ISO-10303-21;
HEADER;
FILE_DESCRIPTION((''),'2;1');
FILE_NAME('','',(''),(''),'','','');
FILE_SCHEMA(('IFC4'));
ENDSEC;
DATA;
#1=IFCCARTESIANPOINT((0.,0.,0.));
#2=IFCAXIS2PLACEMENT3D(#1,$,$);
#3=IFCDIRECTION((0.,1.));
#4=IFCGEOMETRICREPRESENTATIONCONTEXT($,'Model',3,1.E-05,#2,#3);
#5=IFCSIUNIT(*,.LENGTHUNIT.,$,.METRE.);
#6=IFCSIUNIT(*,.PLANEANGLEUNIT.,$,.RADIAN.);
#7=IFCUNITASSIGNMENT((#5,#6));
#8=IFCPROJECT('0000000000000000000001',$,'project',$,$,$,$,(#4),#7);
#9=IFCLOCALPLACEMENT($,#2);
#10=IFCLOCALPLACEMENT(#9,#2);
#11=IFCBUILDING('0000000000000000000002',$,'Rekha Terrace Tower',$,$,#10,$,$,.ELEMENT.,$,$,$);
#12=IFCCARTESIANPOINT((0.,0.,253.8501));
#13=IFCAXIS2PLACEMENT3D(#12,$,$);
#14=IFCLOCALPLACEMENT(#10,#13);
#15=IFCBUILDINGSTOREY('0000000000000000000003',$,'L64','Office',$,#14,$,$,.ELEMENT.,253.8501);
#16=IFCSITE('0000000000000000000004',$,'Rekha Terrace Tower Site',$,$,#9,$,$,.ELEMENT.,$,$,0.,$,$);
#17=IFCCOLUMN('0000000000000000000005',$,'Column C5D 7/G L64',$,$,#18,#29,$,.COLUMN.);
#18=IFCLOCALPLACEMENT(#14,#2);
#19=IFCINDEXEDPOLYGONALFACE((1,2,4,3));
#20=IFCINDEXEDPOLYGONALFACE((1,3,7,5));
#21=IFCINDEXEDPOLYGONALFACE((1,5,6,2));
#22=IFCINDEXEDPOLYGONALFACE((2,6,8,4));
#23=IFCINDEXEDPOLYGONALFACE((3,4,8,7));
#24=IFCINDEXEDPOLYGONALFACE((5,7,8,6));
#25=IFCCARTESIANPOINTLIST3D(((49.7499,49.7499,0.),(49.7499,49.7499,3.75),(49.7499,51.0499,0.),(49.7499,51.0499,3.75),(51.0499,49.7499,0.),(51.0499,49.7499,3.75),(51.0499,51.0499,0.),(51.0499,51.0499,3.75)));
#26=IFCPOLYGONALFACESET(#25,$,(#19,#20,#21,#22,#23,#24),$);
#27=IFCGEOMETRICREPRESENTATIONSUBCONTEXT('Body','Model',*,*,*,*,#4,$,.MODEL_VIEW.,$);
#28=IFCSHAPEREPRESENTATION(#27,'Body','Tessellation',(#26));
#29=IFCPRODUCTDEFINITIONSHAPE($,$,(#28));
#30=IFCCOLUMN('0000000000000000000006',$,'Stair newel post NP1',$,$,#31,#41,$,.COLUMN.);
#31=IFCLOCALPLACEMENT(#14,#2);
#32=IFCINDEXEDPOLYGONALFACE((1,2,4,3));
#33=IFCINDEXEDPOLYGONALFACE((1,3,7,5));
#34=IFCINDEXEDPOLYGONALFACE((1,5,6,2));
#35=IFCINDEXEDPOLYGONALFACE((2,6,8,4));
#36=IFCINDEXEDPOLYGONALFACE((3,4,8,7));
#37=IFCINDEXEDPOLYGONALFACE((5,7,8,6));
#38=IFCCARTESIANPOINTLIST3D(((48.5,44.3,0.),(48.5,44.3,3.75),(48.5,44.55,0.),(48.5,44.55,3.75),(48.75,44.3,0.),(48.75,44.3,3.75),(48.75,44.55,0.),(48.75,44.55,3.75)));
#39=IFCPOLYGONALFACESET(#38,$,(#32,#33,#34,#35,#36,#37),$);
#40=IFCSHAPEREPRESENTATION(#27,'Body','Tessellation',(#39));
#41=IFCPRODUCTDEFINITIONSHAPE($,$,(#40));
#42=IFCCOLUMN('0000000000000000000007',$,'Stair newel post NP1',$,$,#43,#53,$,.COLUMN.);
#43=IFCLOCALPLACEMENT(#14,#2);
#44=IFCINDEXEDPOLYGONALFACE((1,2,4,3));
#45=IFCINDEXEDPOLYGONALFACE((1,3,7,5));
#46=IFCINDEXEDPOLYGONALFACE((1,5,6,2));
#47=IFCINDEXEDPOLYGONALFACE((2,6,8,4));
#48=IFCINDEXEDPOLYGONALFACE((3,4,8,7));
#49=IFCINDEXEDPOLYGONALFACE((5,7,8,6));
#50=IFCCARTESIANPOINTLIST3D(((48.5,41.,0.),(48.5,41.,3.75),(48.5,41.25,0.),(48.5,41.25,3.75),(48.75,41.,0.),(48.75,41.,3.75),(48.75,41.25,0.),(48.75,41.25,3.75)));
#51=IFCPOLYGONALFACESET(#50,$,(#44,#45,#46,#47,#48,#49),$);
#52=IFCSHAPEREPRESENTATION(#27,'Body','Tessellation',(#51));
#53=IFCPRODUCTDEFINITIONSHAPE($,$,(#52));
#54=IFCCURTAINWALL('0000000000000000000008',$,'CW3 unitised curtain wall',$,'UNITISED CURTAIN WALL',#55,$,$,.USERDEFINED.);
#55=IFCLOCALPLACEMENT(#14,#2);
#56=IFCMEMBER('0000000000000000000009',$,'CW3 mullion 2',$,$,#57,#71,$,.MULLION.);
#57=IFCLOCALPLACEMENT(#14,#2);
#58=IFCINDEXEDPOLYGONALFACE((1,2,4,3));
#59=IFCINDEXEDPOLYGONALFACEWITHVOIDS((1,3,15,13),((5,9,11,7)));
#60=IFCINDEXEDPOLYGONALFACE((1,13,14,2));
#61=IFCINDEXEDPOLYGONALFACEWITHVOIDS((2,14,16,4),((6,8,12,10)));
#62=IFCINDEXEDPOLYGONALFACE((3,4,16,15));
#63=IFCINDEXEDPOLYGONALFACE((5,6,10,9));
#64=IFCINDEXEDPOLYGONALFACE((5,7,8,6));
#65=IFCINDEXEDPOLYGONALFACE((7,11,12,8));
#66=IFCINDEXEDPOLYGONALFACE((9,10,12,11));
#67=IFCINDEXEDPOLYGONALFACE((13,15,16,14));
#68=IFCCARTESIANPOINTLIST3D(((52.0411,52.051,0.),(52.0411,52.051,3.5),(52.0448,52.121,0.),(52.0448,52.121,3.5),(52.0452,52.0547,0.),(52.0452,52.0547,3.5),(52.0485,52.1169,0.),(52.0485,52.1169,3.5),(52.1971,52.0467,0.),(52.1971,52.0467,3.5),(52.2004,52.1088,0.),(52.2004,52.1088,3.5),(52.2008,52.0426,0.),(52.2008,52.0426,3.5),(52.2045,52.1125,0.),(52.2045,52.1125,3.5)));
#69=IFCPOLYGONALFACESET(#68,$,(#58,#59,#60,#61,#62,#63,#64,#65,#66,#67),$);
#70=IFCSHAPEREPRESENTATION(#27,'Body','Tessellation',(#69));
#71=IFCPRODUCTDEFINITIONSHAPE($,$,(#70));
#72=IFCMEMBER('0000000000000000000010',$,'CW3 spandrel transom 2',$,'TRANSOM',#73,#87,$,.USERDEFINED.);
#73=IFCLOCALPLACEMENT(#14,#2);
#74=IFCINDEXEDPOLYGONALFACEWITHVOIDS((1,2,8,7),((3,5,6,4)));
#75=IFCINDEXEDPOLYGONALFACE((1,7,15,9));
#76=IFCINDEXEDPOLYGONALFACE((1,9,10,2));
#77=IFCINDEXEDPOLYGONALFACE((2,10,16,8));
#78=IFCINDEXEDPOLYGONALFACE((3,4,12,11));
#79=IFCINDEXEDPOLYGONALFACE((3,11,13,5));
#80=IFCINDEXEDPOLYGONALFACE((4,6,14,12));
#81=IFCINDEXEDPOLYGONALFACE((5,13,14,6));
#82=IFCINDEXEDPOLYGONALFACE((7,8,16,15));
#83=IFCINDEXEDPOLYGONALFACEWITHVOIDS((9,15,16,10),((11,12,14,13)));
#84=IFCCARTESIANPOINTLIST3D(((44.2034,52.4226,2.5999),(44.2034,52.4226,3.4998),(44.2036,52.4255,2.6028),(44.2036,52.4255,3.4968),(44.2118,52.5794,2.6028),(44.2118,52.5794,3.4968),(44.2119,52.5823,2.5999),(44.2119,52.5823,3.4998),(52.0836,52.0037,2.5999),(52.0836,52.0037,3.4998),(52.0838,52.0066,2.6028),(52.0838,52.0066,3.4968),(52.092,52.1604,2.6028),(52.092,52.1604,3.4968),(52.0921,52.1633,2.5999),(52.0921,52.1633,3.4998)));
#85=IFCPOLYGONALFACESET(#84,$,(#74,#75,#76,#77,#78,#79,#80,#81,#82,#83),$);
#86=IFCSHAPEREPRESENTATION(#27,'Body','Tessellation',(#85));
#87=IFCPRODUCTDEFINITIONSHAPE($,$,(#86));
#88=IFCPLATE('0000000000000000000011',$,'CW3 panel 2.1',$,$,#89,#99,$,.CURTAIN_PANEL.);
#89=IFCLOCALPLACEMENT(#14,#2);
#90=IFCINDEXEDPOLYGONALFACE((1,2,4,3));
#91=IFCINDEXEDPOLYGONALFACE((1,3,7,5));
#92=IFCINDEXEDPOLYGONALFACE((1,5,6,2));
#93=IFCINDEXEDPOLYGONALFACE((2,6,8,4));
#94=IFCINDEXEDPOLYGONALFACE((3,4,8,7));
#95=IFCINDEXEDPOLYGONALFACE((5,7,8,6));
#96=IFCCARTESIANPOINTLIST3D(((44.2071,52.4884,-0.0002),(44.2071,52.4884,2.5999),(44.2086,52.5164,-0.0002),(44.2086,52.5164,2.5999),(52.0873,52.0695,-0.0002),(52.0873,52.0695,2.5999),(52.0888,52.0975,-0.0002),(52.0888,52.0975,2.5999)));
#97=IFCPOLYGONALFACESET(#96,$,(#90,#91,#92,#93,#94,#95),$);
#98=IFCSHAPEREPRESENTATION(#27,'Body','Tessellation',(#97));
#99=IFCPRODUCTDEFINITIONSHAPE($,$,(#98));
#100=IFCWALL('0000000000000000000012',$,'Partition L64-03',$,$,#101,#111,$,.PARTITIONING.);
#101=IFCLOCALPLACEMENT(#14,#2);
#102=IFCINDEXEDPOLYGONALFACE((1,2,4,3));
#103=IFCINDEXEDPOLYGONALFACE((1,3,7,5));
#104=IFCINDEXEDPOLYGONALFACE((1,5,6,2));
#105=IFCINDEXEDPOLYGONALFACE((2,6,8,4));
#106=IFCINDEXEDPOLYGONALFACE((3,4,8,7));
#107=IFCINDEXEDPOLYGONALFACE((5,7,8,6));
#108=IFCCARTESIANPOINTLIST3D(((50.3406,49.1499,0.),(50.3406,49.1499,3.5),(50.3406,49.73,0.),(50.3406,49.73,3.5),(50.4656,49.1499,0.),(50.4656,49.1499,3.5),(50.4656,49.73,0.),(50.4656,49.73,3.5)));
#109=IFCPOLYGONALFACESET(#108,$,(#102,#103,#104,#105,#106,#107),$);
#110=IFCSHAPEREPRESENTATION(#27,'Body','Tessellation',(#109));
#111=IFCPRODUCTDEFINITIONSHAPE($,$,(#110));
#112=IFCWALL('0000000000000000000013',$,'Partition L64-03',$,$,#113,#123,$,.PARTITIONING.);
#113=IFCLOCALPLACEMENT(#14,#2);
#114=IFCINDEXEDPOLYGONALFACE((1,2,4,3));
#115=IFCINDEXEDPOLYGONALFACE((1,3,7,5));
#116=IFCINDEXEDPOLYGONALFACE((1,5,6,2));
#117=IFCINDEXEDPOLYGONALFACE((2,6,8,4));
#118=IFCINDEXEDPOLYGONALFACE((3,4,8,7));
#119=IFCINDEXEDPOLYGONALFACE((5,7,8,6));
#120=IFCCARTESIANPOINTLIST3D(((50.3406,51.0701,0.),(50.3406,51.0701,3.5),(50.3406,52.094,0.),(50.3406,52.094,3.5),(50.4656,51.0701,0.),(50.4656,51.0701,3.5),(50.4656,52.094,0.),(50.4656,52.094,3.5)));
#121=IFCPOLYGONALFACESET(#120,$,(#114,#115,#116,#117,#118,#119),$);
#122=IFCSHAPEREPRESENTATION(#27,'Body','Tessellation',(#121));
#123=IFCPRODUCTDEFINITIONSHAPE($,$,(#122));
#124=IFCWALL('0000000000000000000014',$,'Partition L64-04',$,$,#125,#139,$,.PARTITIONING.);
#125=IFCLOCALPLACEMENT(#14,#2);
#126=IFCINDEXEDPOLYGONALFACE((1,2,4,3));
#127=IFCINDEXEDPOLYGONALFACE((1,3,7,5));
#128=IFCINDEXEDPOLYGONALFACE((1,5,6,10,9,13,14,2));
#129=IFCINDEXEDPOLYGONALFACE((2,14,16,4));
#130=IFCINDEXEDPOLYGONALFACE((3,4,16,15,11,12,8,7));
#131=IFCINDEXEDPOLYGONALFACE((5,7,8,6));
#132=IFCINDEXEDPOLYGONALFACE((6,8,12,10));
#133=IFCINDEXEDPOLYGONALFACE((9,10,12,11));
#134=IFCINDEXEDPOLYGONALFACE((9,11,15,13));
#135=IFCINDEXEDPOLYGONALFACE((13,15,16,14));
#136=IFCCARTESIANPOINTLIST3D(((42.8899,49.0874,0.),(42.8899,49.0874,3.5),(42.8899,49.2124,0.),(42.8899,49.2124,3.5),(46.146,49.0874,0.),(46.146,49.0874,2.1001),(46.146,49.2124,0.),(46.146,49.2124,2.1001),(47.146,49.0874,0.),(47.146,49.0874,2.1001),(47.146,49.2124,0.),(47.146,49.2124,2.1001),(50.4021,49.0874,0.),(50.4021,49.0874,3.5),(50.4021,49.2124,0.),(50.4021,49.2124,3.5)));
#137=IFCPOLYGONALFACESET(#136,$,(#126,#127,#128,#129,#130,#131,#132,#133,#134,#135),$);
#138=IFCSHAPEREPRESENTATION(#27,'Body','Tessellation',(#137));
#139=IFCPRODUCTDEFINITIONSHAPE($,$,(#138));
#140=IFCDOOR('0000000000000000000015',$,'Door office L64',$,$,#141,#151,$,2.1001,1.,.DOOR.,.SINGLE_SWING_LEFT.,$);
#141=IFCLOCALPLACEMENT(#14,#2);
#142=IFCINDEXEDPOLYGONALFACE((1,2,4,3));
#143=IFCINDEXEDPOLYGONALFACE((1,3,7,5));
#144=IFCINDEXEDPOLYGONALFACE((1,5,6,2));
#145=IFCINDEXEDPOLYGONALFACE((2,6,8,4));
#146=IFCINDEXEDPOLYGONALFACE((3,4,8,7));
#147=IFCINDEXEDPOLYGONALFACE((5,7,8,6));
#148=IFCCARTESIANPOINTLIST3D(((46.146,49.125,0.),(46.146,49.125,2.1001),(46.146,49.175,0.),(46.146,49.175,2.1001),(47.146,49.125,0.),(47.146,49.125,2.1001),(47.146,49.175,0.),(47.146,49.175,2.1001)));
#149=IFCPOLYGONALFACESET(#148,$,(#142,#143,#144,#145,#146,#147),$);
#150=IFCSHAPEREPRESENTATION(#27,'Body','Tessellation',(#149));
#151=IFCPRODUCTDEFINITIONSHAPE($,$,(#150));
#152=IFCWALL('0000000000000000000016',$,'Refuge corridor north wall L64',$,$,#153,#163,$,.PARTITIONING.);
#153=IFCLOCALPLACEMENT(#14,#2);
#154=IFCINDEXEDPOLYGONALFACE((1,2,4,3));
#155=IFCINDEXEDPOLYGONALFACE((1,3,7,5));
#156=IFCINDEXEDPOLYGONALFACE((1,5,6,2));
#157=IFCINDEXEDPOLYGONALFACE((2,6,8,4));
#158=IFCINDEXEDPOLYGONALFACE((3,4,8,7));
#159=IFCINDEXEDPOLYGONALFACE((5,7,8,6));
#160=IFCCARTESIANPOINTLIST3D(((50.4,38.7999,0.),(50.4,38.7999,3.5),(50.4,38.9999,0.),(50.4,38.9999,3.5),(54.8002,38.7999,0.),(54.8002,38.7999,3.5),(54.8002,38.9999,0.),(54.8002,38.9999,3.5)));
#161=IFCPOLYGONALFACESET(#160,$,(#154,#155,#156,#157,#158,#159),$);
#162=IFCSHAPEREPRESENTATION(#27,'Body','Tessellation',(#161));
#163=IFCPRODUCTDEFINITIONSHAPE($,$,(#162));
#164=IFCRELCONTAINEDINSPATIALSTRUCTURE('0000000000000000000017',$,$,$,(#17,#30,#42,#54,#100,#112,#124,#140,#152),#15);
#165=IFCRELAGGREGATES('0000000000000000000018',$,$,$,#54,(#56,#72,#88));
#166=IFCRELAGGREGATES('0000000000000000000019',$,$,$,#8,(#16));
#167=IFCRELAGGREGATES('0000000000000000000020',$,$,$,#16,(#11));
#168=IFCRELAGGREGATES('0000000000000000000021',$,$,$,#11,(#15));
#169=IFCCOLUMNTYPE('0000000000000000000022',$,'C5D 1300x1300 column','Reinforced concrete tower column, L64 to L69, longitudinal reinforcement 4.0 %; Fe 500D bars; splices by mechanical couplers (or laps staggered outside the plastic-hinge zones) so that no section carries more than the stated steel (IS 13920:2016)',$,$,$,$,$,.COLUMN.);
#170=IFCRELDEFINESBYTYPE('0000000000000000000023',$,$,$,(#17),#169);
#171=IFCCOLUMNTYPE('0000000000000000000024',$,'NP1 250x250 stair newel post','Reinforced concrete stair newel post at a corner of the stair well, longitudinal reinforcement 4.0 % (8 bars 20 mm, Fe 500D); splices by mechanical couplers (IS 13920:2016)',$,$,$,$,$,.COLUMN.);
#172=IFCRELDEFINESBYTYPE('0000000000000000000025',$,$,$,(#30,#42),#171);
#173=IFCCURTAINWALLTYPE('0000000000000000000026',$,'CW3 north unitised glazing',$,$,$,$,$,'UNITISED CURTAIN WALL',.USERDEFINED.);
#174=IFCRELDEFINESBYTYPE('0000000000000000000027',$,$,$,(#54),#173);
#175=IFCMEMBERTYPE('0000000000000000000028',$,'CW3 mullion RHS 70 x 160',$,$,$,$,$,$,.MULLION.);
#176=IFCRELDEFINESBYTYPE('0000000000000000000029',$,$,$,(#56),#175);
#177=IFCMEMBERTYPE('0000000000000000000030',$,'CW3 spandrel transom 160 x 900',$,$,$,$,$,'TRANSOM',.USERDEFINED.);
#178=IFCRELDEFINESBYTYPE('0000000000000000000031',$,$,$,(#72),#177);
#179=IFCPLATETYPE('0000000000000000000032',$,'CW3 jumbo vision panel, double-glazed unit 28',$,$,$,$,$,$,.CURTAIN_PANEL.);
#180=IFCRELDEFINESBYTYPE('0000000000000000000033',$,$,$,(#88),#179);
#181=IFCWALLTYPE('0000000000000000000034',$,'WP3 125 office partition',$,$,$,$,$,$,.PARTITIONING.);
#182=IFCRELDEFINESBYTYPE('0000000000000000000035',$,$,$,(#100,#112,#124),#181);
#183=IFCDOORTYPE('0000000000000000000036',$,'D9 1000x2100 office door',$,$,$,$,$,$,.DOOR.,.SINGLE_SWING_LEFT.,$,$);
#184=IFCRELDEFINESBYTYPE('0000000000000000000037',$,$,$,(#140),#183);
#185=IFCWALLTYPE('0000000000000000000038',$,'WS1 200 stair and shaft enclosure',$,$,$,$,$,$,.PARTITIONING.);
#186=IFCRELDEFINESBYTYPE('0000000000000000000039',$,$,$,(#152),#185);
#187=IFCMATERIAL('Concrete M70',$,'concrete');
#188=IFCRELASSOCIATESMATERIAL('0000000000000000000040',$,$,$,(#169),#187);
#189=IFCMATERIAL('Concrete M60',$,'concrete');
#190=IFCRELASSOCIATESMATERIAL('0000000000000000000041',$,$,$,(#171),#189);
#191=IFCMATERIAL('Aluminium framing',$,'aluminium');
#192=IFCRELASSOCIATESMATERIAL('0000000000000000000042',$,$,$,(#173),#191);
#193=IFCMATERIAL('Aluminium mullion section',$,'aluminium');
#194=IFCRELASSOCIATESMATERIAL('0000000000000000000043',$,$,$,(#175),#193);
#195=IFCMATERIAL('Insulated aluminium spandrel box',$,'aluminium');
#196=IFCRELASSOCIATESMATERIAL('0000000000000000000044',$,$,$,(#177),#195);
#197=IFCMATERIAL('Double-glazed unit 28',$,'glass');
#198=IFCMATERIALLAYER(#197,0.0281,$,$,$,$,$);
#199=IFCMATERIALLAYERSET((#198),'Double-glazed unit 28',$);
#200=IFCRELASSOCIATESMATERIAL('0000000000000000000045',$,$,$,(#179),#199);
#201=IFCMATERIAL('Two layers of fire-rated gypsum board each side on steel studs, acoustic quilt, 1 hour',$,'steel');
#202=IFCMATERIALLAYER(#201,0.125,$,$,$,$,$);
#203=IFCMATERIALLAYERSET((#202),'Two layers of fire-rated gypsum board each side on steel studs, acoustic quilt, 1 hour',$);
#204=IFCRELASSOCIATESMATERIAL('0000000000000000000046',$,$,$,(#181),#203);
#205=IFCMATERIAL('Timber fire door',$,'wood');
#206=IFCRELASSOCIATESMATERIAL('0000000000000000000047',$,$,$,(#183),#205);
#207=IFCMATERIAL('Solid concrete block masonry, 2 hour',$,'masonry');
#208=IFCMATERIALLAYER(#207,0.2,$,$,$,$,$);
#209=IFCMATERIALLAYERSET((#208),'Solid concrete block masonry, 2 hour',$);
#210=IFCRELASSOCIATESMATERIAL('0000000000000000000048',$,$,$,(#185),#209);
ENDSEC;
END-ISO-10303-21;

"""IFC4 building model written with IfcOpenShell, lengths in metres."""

from ifc_helpers import new_model, si_unit, direction, frame, frame_2d, origin, origin_2d, place, context, subcontext, project, spatial, rectangle, hollow_rectangle, extrude, material, layer, layer_set, material_profile, profile_set, type_object, element, fill, aggregate, save


model = new_model("IFC4")

# Units and contexts
model_context = context("Model", 3, precision=1e-05, world=origin(), true_north=direction((0.0, 1.0)))
body_context = subcontext(model_context, "Body", "Model", "MODEL_VIEW")
ifc_project = project(units=[si_unit("LENGTHUNIT", "METRE"), si_unit("PLANEANGLEUNIT", "RADIAN")], contexts=[model_context])

# Site, building, storey
site_placement = place(None, origin())
site = spatial("IfcSite", under=ifc_project, at=site_placement, Name="Rekha Terrace Tower Site", CompositionType="ELEMENT", RefElevation=0.0)
building_placement = place(site_placement, origin())
building = spatial("IfcBuilding", under=site, at=building_placement, Name="Rekha Terrace Tower", CompositionType="ELEMENT")
storey_placement = place(building_placement, frame((0.0, 0.0, 253.8501)))
storey = spatial("IfcBuildingStorey", under=building, at=storey_placement, Name="L64", Description="Office", CompositionType="ELEMENT", Elevation=253.8501)

# Columns
ifc_material_1 = material(Name="Concrete M70", Category="concrete")
ifc_material_profile_1 = material_profile(ifc_material_1, rectangle(XDim=1.3, YDim=1.3, at=origin_2d()), Name="RC 1300x1300")
ifc_profile_set_1 = profile_set([ifc_material_profile_1], Name="Concrete M70")
column_type_1 = type_object("IfcColumnType", Name="C5D 1300x1300 column", Description="Reinforced concrete tower column, L64 to L69, longitudinal reinforcement 4.0 %; Fe 500D bars; splices by mechanical couplers (or laps staggered outside the plastic-hinge zones) so that no section carries more than the stated steel (IS 13920:2016)", PredefinedType="COLUMN", material=ifc_profile_set_1)
column_placement = place(storey_placement, frame((50.3999, 50.3999, 0.0), z_axis=(0.0, 0.0, 1.0), x_axis=(1.0, 0.0, 0.0)))
element("IfcColumn", 1, at=column_placement, inside=storey, type_object=column_type_1, Name="Column C5D 7/G L64", PredefinedType="COLUMN", context=body_context, shape_type="SweptSolid", body=[
    extrude(rectangle(XDim=1.3, YDim=1.3, at=origin_2d()), origin(), (0.0, 0.0, 1.0), 3.75),
])
ifc_material_2 = material(Name="Concrete M60", Category="concrete")
ifc_material_profile_2 = material_profile(ifc_material_2, rectangle(XDim=0.25, YDim=0.25, at=origin_2d()), Name="RC 250x250")
ifc_profile_set_2 = profile_set([ifc_material_profile_2], Name="Concrete M60")
column_type_2 = type_object("IfcColumnType", Name="NP1 250x250 stair newel post", Description="Reinforced concrete stair newel post at a corner of the stair well, longitudinal reinforcement 4.0 % (8 bars 20 mm, Fe 500D); splices by mechanical couplers (IS 13920:2016)", PredefinedType="COLUMN", material=ifc_profile_set_2)
for number, where, z_axis, x_axis, name in (
    (2, (48.625, 44.425, 0.0), (0.0, 0.0, 1.0), (1.0, 0.0, 0.0), "Stair newel post NP1"),
    (3, (48.625, 41.125, 0.0), (0.0, 0.0, 1.0), (1.0, 0.0, 0.0), "Stair newel post NP1"),
):
    element("IfcColumn", number, at=place(storey_placement, frame(where, z_axis=z_axis, x_axis=x_axis)), inside=storey, type_object=column_type_2, Name=name, PredefinedType="COLUMN", context=body_context, shape_type="SweptSolid", body=[
        extrude(rectangle(XDim=0.25, YDim=0.25, at=origin_2d()), origin(), (0.0, 0.0, 1.0), 3.75),
    ])

# Curtain wall, members, plate
ifc_material_3 = material(Name="Aluminium framing", Category="aluminium")
curtain_wall_type = type_object("IfcCurtainWallType", Name="CW3 north unitised glazing", ElementType="UNITISED CURTAIN WALL", PredefinedType="USERDEFINED", material=ifc_material_3)
curtain_wall_placement = place(storey_placement, origin())
curtain_wall = element("IfcCurtainWall", 4, at=curtain_wall_placement, inside=storey, type_object=curtain_wall_type, Name="CW3 unitised curtain wall", ObjectType="UNITISED CURTAIN WALL", PredefinedType="USERDEFINED")
ifc_material_4 = material(Name="Aluminium mullion section", Category="aluminium")
ifc_material_profile_3 = material_profile(ifc_material_4, hollow_rectangle(XDim=0.0701, YDim=0.1599, WallThickness=0.0039, at=origin_2d()), Name="AL RHS 70x160")
ifc_profile_set_3 = profile_set([ifc_material_profile_3], Name="Aluminium mullion section")
member_type_1 = type_object("IfcMemberType", Name="CW3 mullion RHS 70 x 160", PredefinedType="MULLION", material=ifc_profile_set_3)
member_1_placement = place(storey_placement, frame((52.1228, 52.0818, 0.0), z_axis=(0.0, 0.0, 1.0), x_axis=(-0.053083, -0.99859, 0.0)))
member_1 = element("IfcMember", 5, at=member_1_placement, type_object=member_type_1, Name="CW3 mullion 2", PredefinedType="MULLION", context=body_context, shape_type="SweptSolid", body=[
    extrude(hollow_rectangle(XDim=0.0701, YDim=0.1599, WallThickness=0.0039, at=origin_2d()), origin(), (0.0, 0.0, 1.0), 3.5),
])
ifc_material_5 = material(Name="Insulated aluminium spandrel box", Category="aluminium")
ifc_material_profile_4 = material_profile(ifc_material_5, hollow_rectangle(XDim=0.1599, YDim=0.8999, WallThickness=0.0029, at=origin_2d()), Name="AL SPANDREL BOX 160x900")
ifc_profile_set_4 = profile_set([ifc_material_profile_4], Name="Insulated aluminium spandrel box")
member_type_2 = type_object("IfcMemberType", Name="CW3 spandrel transom 160 x 900", ElementType="TRANSOM", PredefinedType="USERDEFINED", material=ifc_profile_set_4)
member_2_placement = place(storey_placement, frame((52.0879, 52.0835, 3.0498), z_axis=(-0.99859, 0.05309, 0.0), x_axis=(-0.05309, -0.99859, 0.0)))
member_2 = element("IfcMember", 6, at=member_2_placement, type_object=member_type_2, Name="CW3 spandrel transom 2", ObjectType="TRANSOM", PredefinedType="USERDEFINED", context=body_context, shape_type="SweptSolid", body=[
    extrude(hollow_rectangle(XDim=0.1599, YDim=0.8999, WallThickness=0.0029, at=origin_2d()), origin(), (0.0, 0.0, 1.0), 7.8914),
])
ifc_material_6 = material(Name="Double-glazed unit 28", Category="glass")
ifc_layer_1 = layer(ifc_material_6, 0.0281)
ifc_layer_set_1 = layer_set([ifc_layer_1], Name="Double-glazed unit 28")
plate_type = type_object("IfcPlateType", Name="CW3 jumbo vision panel, double-glazed unit 28", PredefinedType="CURTAIN_PANEL", material=ifc_layer_set_1)
plate_placement = place(storey_placement, frame((48.1479, 52.293, -0.0002), z_axis=(0.0, 0.0, 1.0), x_axis=(-0.99859, 0.053083, 0.0)))
plate = element("IfcPlate", 7, at=plate_placement, type_object=plate_type, Name="CW3 panel 2.1", PredefinedType="CURTAIN_PANEL", context=body_context, shape_type="SweptSolid", body=[
    extrude(rectangle(XDim=7.8914, YDim=0.0281, at=origin_2d()), origin(), (0.0, 0.0, 1.0), 2.6001),
])
aggregate(curtain_wall, [member_1, member_2, plate])

# Walls
ifc_material_7 = material(Name="Two layers of fire-rated gypsum board each side on steel studs, acoustic quilt, 1 hour", Category="steel")
ifc_layer_2 = layer(ifc_material_7, 0.125)
ifc_layer_set_2 = layer_set([ifc_layer_2], Name="Two layers of fire-rated gypsum board each side on steel studs, acoustic quilt, 1 hour")
wall_type_1 = type_object("IfcWallType", Name="WP3 125 office partition", PredefinedType="PARTITIONING", material=ifc_layer_set_2)
wall_1_placement = place(storey_placement, frame((50.4031, 49.1499, 0.0), z_axis=(0.0, 0.0, 1.0), x_axis=(0.0, 1.0, 0.0)))
element("IfcWall", 8, at=wall_1_placement, inside=storey, type_object=wall_type_1, Name="Partition L64-03", PredefinedType="PARTITIONING", context=body_context, shape_type="SweptSolid", body=[
    extrude(rectangle(XDim=0.5801, YDim=0.125, at=frame_2d((0.29, 0.0))), origin(), (0.0, 0.0, 1.0), 3.5),
])
wall_2_placement = place(storey_placement, frame((50.4031, 51.0701, 0.0), z_axis=(0.0, 0.0, 1.0), x_axis=(0.0, 1.0, 0.0)))
element("IfcWall", 9, at=wall_2_placement, inside=storey, type_object=wall_type_1, Name="Partition L64-03", PredefinedType="PARTITIONING", context=body_context, shape_type="SweptSolid", body=[
    extrude(rectangle(XDim=1.0239, YDim=0.125, at=frame_2d((0.512, 0.0))), origin(), (0.0, 0.0, 1.0), 3.5),
])

# Wall, opening, door
wall_3_placement = place(storey_placement, frame((50.4021, 49.1499, 0.0), z_axis=(0.0, 0.0, 1.0), x_axis=(-1.0, 0.0, 0.0)))
wall_3 = element("IfcWall", 10, at=wall_3_placement, inside=storey, type_object=wall_type_1, Name="Partition L64-04", PredefinedType="PARTITIONING", context=body_context, shape_type="SweptSolid", body=[
    extrude(rectangle(XDim=7.5122, YDim=0.125, at=frame_2d((3.7561, 0.0))), origin(), (0.0, 0.0, 1.0), 3.5),
])
opening_1_placement = place(wall_3_placement, frame((3.2561, 0.0, 0.0)))
opening_1 = element("IfcOpeningElement", 11, at=opening_1_placement, cuts=wall_3, PredefinedType="OPENING", context=body_context, shape_type="SweptSolid", body=[
    extrude(rectangle(XDim=1.0, YDim=2.1001, at=frame_2d((0.5, 1.05))), frame((0.0, 0.0725, 0.0), z_axis=(0.0, -1.0, 0.0), x_axis=(1.0, 0.0, 0.0)), (0.0, 0.0, 1.0), 0.145),
])
ifc_material_8 = material(Name="Timber fire door", Category="wood")
door_type_1 = type_object("IfcDoorType", Name="D9 1000x2100 office door", OperationType="SINGLE_SWING_LEFT", PredefinedType="DOOR", material=ifc_material_8)
door_1_placement = place(opening_1_placement, origin())
door_1 = element("IfcDoor", 12, at=door_1_placement, inside=storey, type_object=door_type_1, Name="Door office L64", OperationType="SINGLE_SWING_LEFT", OverallHeight=2.1001, OverallWidth=1.0, PredefinedType="DOOR", context=body_context, shape_type="SweptSolid", body=[
    extrude(rectangle(XDim=1.0, YDim=2.1001, at=frame_2d((0.5, 1.05))), frame((0.0, 0.0249, 0.0), z_axis=(0.0, -1.0, 0.0), x_axis=(1.0, 0.0, 0.0)), (0.0, 0.0, 1.0), 0.05),
])
fill(opening_1, door_1)

# Wall
ifc_material_9 = material(Name="Solid concrete block masonry, 2 hour", Category="masonry")
ifc_layer_3 = layer(ifc_material_9, 0.2)
ifc_layer_set_3 = layer_set([ifc_layer_3], Name="Solid concrete block masonry, 2 hour")
wall_type_2 = type_object("IfcWallType", Name="WS1 200 stair and shaft enclosure", PredefinedType="PARTITIONING", material=ifc_layer_set_3)
wall_4_placement = place(storey_placement, frame((50.3999, 38.8999, 0.0), z_axis=(0.0, 0.0, 1.0), x_axis=(1.0, 0.0, 0.0)))
element("IfcWall", 13, at=wall_4_placement, inside=storey, type_object=wall_type_2, Name="Refuge corridor north wall L64", PredefinedType="PARTITIONING", context=body_context, shape_type="SweptSolid", body=[
    extrude(rectangle(XDim=4.4001, YDim=0.2, at=frame_2d((2.2002, 0.0))), origin(), (0.0, 0.0, 1.0), 3.5),
])

save(model, "model.ifc")
